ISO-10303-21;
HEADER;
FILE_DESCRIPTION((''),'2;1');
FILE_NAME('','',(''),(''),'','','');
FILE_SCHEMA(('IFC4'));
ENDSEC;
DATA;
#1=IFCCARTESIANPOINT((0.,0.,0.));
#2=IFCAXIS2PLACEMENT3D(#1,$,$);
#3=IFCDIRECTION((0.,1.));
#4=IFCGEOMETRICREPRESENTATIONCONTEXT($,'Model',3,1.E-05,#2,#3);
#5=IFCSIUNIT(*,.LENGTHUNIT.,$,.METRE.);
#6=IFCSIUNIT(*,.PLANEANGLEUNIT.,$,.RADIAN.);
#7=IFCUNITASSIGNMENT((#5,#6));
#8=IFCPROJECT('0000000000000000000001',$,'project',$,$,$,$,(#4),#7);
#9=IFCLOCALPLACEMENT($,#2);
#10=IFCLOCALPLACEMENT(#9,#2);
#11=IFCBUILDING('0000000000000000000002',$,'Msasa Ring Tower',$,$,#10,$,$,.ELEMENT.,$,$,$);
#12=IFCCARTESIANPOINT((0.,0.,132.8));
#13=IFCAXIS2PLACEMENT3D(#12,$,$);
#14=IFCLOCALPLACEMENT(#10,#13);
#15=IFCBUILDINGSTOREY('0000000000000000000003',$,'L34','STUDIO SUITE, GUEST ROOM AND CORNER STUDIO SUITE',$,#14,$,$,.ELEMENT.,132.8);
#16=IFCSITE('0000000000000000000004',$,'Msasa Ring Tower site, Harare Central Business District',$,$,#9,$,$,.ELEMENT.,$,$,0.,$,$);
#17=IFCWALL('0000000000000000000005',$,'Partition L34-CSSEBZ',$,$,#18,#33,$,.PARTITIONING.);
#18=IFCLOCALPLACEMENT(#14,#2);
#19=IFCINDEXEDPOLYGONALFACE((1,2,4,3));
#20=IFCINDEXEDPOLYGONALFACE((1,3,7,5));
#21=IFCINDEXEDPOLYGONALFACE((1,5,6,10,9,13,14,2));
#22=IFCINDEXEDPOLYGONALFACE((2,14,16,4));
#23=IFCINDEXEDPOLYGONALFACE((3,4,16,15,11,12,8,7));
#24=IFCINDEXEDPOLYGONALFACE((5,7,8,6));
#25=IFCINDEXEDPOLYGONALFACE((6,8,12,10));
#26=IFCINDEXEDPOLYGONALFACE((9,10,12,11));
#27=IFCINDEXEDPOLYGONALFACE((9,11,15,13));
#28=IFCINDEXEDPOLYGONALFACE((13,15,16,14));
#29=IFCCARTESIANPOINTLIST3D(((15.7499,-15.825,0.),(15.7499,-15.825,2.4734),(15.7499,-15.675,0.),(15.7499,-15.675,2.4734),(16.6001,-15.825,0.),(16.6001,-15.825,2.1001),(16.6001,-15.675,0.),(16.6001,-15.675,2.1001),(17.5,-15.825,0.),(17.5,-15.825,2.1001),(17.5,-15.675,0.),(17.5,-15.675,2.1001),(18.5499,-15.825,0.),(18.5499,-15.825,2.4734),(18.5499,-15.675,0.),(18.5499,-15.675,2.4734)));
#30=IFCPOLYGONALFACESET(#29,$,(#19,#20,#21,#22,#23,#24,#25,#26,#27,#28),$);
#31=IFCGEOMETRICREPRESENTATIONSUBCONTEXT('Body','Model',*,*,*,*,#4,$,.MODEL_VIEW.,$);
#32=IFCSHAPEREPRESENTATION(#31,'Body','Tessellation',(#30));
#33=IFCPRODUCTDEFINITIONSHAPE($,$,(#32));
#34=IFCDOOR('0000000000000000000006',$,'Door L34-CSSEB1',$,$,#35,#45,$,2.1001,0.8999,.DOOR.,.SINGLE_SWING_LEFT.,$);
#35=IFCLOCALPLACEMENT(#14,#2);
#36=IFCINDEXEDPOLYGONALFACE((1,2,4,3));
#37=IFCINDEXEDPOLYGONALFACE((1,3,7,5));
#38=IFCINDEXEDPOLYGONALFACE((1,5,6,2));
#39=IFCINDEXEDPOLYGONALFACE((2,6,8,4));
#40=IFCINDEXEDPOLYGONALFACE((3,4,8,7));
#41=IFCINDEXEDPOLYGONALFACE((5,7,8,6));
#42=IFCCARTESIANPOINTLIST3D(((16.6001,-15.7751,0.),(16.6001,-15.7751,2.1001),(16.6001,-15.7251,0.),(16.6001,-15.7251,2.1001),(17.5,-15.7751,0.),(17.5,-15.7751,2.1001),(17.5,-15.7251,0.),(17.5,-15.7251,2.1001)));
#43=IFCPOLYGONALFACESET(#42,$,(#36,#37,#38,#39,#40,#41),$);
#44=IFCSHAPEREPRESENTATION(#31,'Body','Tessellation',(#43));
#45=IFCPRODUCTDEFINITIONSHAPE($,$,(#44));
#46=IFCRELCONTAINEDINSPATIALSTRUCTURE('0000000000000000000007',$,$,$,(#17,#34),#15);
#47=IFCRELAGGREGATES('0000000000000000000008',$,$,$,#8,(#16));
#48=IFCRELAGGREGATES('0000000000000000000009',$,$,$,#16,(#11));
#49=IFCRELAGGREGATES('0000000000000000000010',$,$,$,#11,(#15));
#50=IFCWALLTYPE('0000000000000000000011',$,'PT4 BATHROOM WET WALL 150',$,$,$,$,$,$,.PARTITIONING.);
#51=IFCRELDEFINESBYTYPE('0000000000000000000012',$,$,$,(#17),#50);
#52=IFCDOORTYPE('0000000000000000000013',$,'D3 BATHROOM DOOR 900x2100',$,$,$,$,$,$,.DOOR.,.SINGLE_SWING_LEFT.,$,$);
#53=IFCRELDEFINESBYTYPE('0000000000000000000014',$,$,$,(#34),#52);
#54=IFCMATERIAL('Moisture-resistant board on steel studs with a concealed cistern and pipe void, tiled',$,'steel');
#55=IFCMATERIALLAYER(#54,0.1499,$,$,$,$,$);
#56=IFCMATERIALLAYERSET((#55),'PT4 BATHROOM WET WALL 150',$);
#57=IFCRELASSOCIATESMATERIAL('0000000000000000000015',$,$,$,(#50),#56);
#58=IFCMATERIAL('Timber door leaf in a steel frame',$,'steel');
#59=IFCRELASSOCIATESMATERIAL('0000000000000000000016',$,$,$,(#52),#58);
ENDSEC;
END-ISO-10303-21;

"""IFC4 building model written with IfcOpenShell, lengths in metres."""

from ifc_helpers import new_model, si_unit, direction, frame, frame_2d, origin, place, context, subcontext, project, spatial, rectangle, extrude, material, layer, layer_set, type_object, element, fill, save


model = new_model("IFC4")

# Units and contexts
model_context = context("Model", 3, precision=1e-05, world=origin(), true_north=direction((0.0, 1.0)))
body_context = subcontext(model_context, "Body", "Model", "MODEL_VIEW")
ifc_project = project(units=[si_unit("LENGTHUNIT", "METRE"), si_unit("PLANEANGLEUNIT", "RADIAN")], contexts=[model_context])

# Site, building, storey
site_placement = place(None, origin())
site = spatial("IfcSite", under=ifc_project, at=site_placement, Name="Msasa Ring Tower site, Harare Central Business District", CompositionType="ELEMENT", RefElevation=0.0)
building_placement = place(site_placement, origin())
building = spatial("IfcBuilding", under=site, at=building_placement, Name="Msasa Ring Tower", CompositionType="ELEMENT")
storey_placement = place(building_placement, frame((0.0, 0.0, 132.8)))
storey = spatial("IfcBuildingStorey", under=building, at=storey_placement, Name="L34", Description="STUDIO SUITE, GUEST ROOM AND CORNER STUDIO SUITE", CompositionType="ELEMENT", Elevation=132.8)

# Shared definitions
ifc_material_1 = material(Name="Moisture-resistant board on steel studs with a concealed cistern and pipe void, tiled", Category="steel")
ifc_layer_1 = layer(ifc_material_1, 0.1499)
ifc_layer_set_1 = layer_set([ifc_layer_1], Name="PT4 BATHROOM WET WALL 150")
wall_type_1 = type_object("IfcWallType", Name="PT4 BATHROOM WET WALL 150", PredefinedType="PARTITIONING", material=ifc_layer_set_1)
ifc_material_2 = material(Name="Timber door leaf in a steel frame", Category="steel")
door_type_1 = type_object("IfcDoorType", Name="D3 BATHROOM DOOR 900x2100", OperationType="SINGLE_SWING_LEFT", PredefinedType="DOOR", material=ifc_material_2)

# Wall, opening, door
wall_1_placement = place(storey_placement, frame((15.75, -15.75, 0.0), z_axis=(0.0, 0.0, 1.0), x_axis=(1.0, 0.0, 0.0)))
wall_1 = element("IfcWall", 1, at=wall_1_placement, inside=storey, type_object=wall_type_1, Name="Partition L34-CSSEBZ", PredefinedType="PARTITIONING", context=body_context, shape_type="SweptSolid", body=[
    extrude(rectangle(XDim=2.8, YDim=0.1499, at=frame_2d((1.3999, 0.0))), origin(), (0.0, 0.0, 1.0), 2.4734),
])
opening_1_placement = place(wall_1_placement, frame((0.8501, 0.0, 0.0)))
opening_1 = element("IfcOpeningElement", 2, at=opening_1_placement, cuts=wall_1, PredefinedType="OPENING", context=body_context, shape_type="SweptSolid", body=[
    extrude(rectangle(XDim=0.8999, YDim=2.1001, at=frame_2d((0.45, 1.05))), frame((0.0, 0.085, 0.0), z_axis=(0.0, -1.0, 0.0), x_axis=(1.0, 0.0, 0.0)), (0.0, 0.0, 1.0), 0.1699),
])
door_1_placement = place(opening_1_placement, origin())
door_1 = element("IfcDoor", 3, at=door_1_placement, inside=storey, type_object=door_type_1, Name="Door L34-CSSEB1", OperationType="SINGLE_SWING_LEFT", OverallHeight=2.1001, OverallWidth=0.8999, PredefinedType="DOOR", context=body_context, shape_type="SweptSolid", body=[
    extrude(rectangle(XDim=0.8999, YDim=2.1001, at=frame_2d((0.45, 1.05))), frame((0.0, 0.0249, 0.0), z_axis=(0.0, -1.0, 0.0), x_axis=(1.0, 0.0, 0.0)), (0.0, 0.0, 1.0), 0.05),
])
fill(opening_1, door_1)

save(model, "model.ifc")
